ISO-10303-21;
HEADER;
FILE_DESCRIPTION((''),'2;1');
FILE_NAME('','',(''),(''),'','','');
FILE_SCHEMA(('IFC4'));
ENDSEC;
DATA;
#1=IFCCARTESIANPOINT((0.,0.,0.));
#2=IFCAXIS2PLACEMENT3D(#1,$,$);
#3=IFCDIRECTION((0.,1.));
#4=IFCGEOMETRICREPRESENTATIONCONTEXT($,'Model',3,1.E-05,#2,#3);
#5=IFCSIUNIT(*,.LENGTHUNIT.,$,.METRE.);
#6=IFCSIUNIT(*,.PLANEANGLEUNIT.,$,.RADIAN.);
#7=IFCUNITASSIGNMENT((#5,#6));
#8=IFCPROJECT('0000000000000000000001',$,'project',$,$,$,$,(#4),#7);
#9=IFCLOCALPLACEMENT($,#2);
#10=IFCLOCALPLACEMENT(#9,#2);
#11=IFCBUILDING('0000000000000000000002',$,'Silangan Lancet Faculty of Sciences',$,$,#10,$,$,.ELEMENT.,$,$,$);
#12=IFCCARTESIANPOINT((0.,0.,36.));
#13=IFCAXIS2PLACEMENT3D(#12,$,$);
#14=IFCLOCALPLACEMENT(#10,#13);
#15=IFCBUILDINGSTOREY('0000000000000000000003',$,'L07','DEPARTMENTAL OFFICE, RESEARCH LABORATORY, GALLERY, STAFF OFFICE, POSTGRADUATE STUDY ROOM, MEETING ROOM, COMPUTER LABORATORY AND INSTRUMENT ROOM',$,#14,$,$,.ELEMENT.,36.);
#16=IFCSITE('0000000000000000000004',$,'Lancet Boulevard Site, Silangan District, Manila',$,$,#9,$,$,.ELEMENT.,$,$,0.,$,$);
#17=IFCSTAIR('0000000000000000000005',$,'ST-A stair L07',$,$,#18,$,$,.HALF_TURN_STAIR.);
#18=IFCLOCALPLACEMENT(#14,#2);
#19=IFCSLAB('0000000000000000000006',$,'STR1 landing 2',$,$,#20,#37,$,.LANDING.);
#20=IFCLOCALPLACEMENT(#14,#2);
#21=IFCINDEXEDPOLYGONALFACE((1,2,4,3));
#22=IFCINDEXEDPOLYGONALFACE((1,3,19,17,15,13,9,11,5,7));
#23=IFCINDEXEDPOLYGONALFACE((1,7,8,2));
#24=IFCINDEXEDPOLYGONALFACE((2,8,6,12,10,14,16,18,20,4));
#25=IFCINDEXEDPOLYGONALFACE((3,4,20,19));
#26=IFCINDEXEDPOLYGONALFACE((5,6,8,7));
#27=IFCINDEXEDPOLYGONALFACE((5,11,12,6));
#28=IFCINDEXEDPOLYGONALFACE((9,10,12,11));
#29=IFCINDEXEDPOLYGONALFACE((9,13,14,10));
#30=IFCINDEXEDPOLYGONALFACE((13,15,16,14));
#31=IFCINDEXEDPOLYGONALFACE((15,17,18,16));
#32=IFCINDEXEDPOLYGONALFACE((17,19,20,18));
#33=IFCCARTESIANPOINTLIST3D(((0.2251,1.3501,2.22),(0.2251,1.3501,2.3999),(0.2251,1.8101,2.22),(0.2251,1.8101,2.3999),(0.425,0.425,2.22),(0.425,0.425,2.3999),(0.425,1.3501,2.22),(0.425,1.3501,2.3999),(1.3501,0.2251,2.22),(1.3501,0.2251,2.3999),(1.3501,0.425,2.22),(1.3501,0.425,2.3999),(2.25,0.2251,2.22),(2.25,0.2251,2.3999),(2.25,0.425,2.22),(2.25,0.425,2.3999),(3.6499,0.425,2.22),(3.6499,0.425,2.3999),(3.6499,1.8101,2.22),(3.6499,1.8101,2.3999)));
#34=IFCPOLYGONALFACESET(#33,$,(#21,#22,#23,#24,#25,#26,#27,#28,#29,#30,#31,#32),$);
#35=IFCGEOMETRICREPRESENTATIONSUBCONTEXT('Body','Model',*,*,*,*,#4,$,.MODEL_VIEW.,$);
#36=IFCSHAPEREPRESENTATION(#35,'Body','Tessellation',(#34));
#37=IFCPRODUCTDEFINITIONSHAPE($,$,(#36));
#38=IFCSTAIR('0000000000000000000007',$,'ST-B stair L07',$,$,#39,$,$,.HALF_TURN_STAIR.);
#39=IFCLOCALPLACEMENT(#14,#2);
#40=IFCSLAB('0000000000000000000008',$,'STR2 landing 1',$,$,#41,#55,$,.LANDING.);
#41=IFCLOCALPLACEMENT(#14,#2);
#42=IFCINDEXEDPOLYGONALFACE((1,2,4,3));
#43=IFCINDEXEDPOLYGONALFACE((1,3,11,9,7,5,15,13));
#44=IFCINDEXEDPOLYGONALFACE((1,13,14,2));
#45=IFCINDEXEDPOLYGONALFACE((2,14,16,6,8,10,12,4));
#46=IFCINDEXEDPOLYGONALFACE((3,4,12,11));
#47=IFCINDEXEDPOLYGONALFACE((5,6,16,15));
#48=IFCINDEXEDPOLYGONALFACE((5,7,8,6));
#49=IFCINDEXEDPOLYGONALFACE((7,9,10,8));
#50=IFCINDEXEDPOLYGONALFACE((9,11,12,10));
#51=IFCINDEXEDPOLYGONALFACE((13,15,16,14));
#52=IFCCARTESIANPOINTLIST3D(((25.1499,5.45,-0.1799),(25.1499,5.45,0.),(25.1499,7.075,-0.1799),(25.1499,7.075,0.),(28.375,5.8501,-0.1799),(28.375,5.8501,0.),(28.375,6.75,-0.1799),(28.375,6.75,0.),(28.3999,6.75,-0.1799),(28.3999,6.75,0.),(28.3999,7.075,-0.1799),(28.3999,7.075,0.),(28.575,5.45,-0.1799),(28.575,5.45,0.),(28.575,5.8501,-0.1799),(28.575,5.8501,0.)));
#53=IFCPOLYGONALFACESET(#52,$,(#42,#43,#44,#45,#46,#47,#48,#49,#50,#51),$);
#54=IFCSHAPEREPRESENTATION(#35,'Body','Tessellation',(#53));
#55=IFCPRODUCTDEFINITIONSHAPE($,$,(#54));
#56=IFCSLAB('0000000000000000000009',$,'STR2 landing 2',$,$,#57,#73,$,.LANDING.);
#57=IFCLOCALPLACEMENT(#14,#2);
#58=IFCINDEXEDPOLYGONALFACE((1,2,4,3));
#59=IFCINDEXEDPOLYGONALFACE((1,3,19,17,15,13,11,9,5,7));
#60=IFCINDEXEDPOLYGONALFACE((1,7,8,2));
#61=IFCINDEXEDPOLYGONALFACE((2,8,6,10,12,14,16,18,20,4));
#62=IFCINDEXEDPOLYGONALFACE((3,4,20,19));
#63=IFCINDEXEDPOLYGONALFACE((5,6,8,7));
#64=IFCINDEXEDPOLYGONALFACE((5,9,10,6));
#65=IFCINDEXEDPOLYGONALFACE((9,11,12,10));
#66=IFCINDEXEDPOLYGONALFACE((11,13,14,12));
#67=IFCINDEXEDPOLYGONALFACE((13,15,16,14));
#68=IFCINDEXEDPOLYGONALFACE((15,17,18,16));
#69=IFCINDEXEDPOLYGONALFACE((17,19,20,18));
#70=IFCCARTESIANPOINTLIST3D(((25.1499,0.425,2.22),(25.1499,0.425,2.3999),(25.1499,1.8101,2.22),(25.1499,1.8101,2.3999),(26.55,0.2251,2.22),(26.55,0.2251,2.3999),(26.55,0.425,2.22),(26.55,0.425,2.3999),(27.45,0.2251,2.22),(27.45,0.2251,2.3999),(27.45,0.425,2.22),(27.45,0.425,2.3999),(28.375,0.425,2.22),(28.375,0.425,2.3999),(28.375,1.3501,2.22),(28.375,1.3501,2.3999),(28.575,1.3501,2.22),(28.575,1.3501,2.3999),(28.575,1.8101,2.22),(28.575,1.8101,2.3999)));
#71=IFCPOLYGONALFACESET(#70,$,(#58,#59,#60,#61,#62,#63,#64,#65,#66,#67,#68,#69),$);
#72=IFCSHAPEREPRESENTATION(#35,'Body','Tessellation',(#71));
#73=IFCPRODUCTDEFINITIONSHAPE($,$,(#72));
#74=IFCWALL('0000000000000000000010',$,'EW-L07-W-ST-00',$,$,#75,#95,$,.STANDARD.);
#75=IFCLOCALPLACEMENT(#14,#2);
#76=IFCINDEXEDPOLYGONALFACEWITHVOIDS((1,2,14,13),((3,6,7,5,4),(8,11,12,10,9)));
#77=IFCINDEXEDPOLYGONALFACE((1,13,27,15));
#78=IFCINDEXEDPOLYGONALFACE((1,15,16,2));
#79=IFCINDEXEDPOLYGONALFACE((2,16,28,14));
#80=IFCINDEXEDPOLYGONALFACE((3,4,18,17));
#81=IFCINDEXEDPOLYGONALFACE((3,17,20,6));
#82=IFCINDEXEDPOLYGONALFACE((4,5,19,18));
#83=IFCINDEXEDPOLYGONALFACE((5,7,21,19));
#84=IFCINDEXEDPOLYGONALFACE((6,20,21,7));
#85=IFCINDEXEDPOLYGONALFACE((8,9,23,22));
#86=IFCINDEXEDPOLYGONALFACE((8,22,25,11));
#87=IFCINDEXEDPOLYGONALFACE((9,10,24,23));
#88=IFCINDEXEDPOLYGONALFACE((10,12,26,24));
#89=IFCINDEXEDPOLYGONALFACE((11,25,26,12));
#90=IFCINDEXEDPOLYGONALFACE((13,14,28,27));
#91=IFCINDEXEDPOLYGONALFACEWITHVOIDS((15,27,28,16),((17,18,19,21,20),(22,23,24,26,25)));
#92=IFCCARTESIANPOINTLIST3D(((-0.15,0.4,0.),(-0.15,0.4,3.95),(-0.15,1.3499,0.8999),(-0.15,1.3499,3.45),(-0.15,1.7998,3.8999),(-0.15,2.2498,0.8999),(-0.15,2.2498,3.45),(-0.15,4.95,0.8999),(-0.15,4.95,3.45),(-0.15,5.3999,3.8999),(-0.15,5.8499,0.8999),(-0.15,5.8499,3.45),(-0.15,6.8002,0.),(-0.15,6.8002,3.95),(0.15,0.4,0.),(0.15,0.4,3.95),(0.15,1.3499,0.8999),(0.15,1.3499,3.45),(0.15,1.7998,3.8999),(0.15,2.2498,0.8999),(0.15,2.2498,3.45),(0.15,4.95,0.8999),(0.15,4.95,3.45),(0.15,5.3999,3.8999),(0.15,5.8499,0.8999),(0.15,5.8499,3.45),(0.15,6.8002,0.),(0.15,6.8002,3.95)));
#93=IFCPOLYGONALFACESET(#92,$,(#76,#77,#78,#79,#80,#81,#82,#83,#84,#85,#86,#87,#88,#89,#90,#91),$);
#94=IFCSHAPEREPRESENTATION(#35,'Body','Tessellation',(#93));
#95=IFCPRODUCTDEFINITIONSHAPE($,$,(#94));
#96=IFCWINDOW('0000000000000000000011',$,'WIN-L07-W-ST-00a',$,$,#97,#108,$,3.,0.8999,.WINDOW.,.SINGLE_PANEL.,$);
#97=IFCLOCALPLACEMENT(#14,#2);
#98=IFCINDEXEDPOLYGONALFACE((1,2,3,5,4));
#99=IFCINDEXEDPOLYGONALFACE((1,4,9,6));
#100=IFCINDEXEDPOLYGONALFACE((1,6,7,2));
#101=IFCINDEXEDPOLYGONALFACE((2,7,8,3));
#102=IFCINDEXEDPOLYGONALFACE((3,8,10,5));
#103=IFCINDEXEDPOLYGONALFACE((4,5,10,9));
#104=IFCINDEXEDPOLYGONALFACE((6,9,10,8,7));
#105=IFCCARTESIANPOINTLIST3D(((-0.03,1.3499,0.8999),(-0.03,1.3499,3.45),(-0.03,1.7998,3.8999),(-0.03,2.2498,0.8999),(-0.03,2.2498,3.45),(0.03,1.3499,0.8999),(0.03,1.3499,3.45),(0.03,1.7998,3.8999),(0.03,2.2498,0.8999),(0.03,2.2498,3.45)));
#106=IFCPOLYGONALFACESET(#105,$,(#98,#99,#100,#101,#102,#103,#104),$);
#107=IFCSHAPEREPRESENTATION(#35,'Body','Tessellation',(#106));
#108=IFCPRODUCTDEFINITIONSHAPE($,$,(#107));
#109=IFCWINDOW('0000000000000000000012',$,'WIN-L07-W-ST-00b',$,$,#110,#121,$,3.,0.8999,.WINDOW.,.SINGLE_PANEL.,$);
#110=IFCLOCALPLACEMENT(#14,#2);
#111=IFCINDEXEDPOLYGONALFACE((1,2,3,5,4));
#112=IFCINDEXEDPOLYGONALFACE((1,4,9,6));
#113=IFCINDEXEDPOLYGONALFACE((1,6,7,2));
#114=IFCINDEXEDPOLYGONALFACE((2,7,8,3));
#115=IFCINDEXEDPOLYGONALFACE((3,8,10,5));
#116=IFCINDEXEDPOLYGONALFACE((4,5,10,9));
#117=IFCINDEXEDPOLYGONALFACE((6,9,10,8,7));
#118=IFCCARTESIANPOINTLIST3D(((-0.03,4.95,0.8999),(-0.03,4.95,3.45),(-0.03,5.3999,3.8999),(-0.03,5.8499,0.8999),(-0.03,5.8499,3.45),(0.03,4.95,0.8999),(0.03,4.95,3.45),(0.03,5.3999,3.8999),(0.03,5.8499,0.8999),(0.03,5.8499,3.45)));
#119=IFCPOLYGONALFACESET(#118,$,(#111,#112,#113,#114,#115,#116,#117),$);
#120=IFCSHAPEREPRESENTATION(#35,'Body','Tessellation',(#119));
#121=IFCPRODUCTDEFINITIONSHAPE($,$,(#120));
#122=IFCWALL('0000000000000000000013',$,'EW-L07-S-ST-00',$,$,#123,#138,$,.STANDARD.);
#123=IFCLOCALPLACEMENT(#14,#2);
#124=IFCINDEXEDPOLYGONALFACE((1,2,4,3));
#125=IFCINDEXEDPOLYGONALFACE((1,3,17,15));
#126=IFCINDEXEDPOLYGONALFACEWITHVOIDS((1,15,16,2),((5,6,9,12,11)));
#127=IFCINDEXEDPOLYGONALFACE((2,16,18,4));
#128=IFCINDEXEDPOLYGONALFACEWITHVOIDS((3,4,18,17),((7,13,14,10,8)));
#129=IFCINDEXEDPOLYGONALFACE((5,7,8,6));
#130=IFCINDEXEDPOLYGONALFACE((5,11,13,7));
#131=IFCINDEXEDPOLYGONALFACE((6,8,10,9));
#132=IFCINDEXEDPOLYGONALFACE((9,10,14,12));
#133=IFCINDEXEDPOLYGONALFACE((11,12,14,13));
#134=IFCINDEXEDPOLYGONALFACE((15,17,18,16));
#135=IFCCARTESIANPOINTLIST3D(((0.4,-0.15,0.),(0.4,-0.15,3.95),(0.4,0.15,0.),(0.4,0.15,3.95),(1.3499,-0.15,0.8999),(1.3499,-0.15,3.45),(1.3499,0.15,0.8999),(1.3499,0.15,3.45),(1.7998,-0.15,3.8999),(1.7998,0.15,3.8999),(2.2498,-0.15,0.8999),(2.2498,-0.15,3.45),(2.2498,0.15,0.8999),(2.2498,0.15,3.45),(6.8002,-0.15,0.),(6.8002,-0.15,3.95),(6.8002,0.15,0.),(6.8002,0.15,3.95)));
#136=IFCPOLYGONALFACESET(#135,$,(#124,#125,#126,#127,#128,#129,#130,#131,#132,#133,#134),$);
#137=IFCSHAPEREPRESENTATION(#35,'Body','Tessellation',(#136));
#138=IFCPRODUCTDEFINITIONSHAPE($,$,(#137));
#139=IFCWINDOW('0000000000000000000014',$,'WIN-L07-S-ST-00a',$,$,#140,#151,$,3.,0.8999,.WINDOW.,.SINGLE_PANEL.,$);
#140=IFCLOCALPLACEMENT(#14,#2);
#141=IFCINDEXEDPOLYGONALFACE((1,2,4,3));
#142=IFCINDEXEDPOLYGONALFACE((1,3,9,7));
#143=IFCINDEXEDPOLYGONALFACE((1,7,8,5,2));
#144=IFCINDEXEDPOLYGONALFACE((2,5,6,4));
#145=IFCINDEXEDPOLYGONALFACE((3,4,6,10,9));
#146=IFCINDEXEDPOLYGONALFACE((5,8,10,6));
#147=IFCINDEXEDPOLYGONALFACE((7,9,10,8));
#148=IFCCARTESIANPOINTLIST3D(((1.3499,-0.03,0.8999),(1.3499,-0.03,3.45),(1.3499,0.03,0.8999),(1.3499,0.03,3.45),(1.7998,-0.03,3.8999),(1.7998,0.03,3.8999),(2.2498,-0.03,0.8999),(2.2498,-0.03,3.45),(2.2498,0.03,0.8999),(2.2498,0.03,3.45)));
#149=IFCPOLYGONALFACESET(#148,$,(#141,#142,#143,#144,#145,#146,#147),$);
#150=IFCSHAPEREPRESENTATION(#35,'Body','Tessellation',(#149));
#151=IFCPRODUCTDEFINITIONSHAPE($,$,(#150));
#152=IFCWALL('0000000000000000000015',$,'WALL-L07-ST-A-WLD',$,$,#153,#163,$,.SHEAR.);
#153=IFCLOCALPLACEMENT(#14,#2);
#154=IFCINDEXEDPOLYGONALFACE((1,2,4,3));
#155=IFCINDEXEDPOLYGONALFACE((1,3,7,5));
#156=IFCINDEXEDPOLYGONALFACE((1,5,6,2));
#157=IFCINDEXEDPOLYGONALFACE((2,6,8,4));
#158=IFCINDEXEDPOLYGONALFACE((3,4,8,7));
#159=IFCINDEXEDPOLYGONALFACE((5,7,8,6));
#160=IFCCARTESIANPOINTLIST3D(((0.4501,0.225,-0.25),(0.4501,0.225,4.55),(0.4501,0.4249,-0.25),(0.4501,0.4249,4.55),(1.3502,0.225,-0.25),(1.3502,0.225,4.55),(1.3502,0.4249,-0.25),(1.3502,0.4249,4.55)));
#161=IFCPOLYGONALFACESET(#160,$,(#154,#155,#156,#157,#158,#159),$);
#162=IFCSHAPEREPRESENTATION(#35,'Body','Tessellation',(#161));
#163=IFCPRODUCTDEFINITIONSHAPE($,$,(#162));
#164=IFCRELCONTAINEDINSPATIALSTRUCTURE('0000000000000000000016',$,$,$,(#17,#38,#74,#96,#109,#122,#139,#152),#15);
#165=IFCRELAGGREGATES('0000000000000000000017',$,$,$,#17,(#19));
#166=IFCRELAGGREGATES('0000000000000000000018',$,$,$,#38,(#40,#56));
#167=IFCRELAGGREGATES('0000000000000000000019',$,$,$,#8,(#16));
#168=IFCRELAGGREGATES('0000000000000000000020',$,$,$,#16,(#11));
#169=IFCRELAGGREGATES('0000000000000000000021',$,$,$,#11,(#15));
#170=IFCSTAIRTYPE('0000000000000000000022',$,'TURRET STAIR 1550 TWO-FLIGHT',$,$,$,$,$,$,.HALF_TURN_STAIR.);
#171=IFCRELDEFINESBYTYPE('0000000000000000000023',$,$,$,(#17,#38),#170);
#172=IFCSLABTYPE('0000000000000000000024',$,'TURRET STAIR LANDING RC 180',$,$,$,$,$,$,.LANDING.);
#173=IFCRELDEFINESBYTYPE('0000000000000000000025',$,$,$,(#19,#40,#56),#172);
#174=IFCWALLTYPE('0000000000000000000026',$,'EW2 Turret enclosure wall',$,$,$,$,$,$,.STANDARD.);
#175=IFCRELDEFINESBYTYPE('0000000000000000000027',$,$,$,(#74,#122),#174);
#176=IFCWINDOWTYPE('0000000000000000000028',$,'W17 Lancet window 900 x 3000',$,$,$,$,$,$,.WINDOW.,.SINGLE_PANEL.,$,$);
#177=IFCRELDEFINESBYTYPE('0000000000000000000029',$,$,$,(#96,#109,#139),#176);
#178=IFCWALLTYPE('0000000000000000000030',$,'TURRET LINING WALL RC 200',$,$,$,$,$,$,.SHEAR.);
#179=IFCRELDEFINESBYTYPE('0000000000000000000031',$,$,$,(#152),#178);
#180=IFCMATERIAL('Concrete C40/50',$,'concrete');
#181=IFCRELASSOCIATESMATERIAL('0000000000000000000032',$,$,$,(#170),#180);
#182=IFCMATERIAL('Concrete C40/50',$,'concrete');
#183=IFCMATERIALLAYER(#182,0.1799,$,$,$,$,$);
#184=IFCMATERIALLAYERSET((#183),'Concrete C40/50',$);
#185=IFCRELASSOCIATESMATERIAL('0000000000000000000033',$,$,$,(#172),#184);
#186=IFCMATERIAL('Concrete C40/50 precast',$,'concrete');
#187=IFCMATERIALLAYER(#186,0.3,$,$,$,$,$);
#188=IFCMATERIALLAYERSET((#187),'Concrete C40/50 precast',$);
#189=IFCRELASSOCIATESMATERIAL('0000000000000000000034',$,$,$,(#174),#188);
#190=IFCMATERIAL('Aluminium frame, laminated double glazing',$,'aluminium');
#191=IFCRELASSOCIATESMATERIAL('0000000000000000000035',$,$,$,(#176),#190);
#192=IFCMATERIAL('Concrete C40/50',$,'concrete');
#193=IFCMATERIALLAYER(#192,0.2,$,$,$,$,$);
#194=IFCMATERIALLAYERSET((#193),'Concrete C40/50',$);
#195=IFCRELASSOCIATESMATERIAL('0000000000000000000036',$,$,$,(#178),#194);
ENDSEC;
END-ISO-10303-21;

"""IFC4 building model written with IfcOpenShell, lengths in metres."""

from ifc_helpers import new_model, si_unit, direction, frame, frame_2d, origin, place, context, subcontext, project, spatial, polyline, rectangle, outline, extrude, material, layer, layer_set, type_object, element, fill, aggregate, save


model = new_model("IFC4")

# Units and contexts
model_context = context("Model", 3, precision=1e-05, world=origin(), true_north=direction((0.0, 1.0)))
body_context = subcontext(model_context, "Body", "Model", "MODEL_VIEW")
ifc_project = project(units=[si_unit("LENGTHUNIT", "METRE"), si_unit("PLANEANGLEUNIT", "RADIAN")], contexts=[model_context])

# Site, building, storey
site_placement = place(None, origin())
site = spatial("IfcSite", under=ifc_project, at=site_placement, Name="Lancet Boulevard Site, Silangan District, Manila", CompositionType="ELEMENT", RefElevation=0.0)
building_placement = place(site_placement, origin())
building = spatial("IfcBuilding", under=site, at=building_placement, Name="Silangan Lancet Faculty of Sciences", CompositionType="ELEMENT")
storey_placement = place(building_placement, frame((0.0, 0.0, 36.0)))
storey = spatial("IfcBuildingStorey", under=building, at=storey_placement, Name="L07", Description="DEPARTMENTAL OFFICE, RESEARCH LABORATORY, GALLERY, STAFF OFFICE, POSTGRADUATE STUDY ROOM, MEETING ROOM, COMPUTER LABORATORY AND INSTRUMENT ROOM", CompositionType="ELEMENT", Elevation=36.0)

# Stairs, slabs
ifc_material_1 = material(Name="Concrete C40/50", Category="concrete")
stair_type = type_object("IfcStairType", Name="TURRET STAIR 1550 TWO-FLIGHT", PredefinedType="HALF_TURN_STAIR", material=ifc_material_1)
ifc_material_2 = material(Name="Concrete C40/50", Category="concrete")
ifc_layer_1 = layer(ifc_material_2, 0.1799)
ifc_layer_set_1 = layer_set([ifc_layer_1], Name="Concrete C40/50")
slab_type_1 = type_object("IfcSlabType", Name="TURRET STAIR LANDING RC 180", PredefinedType="LANDING", material=ifc_layer_set_1)
stair_1_placement = place(storey_placement, origin())
stair_1 = element("IfcStair", 1, at=stair_1_placement, inside=storey, type_object=stair_type, Name="ST-A stair L07", PredefinedType="HALF_TURN_STAIR")
slab_1_placement = place(storey_placement, frame((0.0, 0.0, 2.22)))
slab_1 = element("IfcSlab", 2, at=slab_1_placement, type_object=slab_type_1, Name="STR1 landing 2", PredefinedType="LANDING", context=body_context, shape_type="SweptSolid", body=[
    extrude(outline(polyline([(0.2251, 1.3501), (0.2251, 1.8101), (3.6499, 1.8101), (3.6499, 0.425), (2.25, 0.425), (2.25, 0.2251), (1.3501, 0.2251), (1.3501, 0.425), (0.425, 0.425), (0.425, 1.3501), (0.2251, 1.3501)])), origin(), (0.0, 0.0, 1.0), 0.1799),
])
aggregate(stair_1, [slab_1])
stair_2_placement = place(storey_placement, origin())
stair_2 = element("IfcStair", 3, at=stair_2_placement, inside=storey, type_object=stair_type, Name="ST-B stair L07", PredefinedType="HALF_TURN_STAIR")
slab_2_placement = place(storey_placement, frame((0.0, 0.0, -0.1799)))
slab_2 = element("IfcSlab", 4, at=slab_2_placement, type_object=slab_type_1, Name="STR2 landing 1", PredefinedType="LANDING", context=body_context, shape_type="SweptSolid", body=[
    extrude(outline(polyline([(28.375, 6.75), (28.375, 5.8501), (28.575, 5.8501), (28.575, 5.45), (25.1499, 5.45), (25.1499, 7.075), (28.3999, 7.075), (28.3999, 6.75), (28.375, 6.75)])), origin(), (0.0, 0.0, 1.0), 0.1799),
])
slab_3_placement = place(storey_placement, frame((0.0, 0.0, 2.22)))
slab_3 = element("IfcSlab", 5, at=slab_3_placement, type_object=slab_type_1, Name="STR2 landing 2", PredefinedType="LANDING", context=body_context, shape_type="SweptSolid", body=[
    extrude(outline(polyline([(28.375, 0.425), (27.45, 0.425), (27.45, 0.2251), (26.55, 0.2251), (26.55, 0.425), (25.1499, 0.425), (25.1499, 1.8101), (28.575, 1.8101), (28.575, 1.3501), (28.375, 1.3501), (28.375, 0.425)])), origin(), (0.0, 0.0, 1.0), 0.1799),
])
aggregate(stair_2, [slab_2, slab_3])

# Wall, openings, windows
ifc_material_3 = material(Name="Concrete C40/50 precast", Category="concrete")
ifc_layer_2 = layer(ifc_material_3, 0.3)
ifc_layer_set_2 = layer_set([ifc_layer_2], Name="Concrete C40/50 precast")
wall_type_1 = type_object("IfcWallType", Name="EW2 Turret enclosure wall", PredefinedType="STANDARD", material=ifc_layer_set_2)
wall_1_placement = place(storey_placement, frame((0.0, 0.3999, 0.0), z_axis=(0.0, 0.0, 1.0), x_axis=(0.0, 1.0, 0.0)))
wall_1 = element("IfcWall", 6, at=wall_1_placement, inside=storey, type_object=wall_type_1, Name="EW-L07-W-ST-00", PredefinedType="STANDARD", context=body_context, shape_type="SweptSolid", body=[
    extrude(rectangle(XDim=6.4001, YDim=0.3, at=frame_2d((3.2002, 0.0))), origin(), (0.0, 0.0, 1.0), 3.95),
])
opening_1_placement = place(wall_1_placement, frame((0.95, 0.0, 0.8999)))
opening_1 = element("IfcOpeningElement", 7, at=opening_1_placement, cuts=wall_1, PredefinedType="OPENING", context=body_context, shape_type="SweptSolid", body=[
    extrude(outline(polyline([(0.0, 0.0), (0.8999, 0.0), (0.8999, 2.55), (0.45, 3.0), (0.0, 2.55), (0.0, 0.0)])), frame((0.0, 0.1599, 0.0), z_axis=(0.0, -1.0, 0.0), x_axis=(1.0, 0.0, 0.0)), (0.0, 0.0, 1.0), 0.3201),
])
opening_2_placement = place(wall_1_placement, frame((4.55, 0.0, 0.8999)))
opening_2 = element("IfcOpeningElement", 8, at=opening_2_placement, cuts=wall_1, PredefinedType="OPENING", context=body_context, shape_type="SweptSolid", body=[
    extrude(outline(polyline([(0.0, 0.0), (0.8999, 0.0), (0.8999, 2.55), (0.45, 3.0), (0.0, 2.55), (0.0, 0.0)])), frame((0.0, 0.1599, 0.0), z_axis=(0.0, -1.0, 0.0), x_axis=(1.0, 0.0, 0.0)), (0.0, 0.0, 1.0), 0.3201),
])
ifc_material_4 = material(Name="Aluminium frame, laminated double glazing", Category="aluminium")
window_type = type_object("IfcWindowType", Name="W17 Lancet window 900 x 3000", PartitioningType="SINGLE_PANEL", PredefinedType="WINDOW", material=ifc_material_4)
window_1_placement = place(opening_1_placement, origin())
window_1 = element("IfcWindow", 9, at=window_1_placement, inside=storey, type_object=window_type, Name="WIN-L07-W-ST-00a", OverallHeight=3.0, OverallWidth=0.8999, PartitioningType="SINGLE_PANEL", PredefinedType="WINDOW", context=body_context, shape_type="SweptSolid", body=[
    extrude(outline(polyline([(0.0, 0.0), (0.8999, 0.0), (0.8999, 2.55), (0.45, 3.0), (0.0, 2.55), (0.0, 0.0)])), frame((0.0, 0.03, 0.0), z_axis=(0.0, -1.0, 0.0), x_axis=(1.0, 0.0, 0.0)), (0.0, 0.0, 1.0), 0.0601),
])
fill(opening_1, window_1)
window_2_placement = place(opening_2_placement, origin())
window_2 = element("IfcWindow", 10, at=window_2_placement, inside=storey, type_object=window_type, Name="WIN-L07-W-ST-00b", OverallHeight=3.0, OverallWidth=0.8999, PartitioningType="SINGLE_PANEL", PredefinedType="WINDOW", context=body_context, shape_type="SweptSolid", body=[
    extrude(outline(polyline([(0.0, 0.0), (0.8999, 0.0), (0.8999, 2.55), (0.45, 3.0), (0.0, 2.55), (0.0, 0.0)])), frame((0.0, 0.03, 0.0), z_axis=(0.0, -1.0, 0.0), x_axis=(1.0, 0.0, 0.0)), (0.0, 0.0, 1.0), 0.0601),
])
fill(opening_2, window_2)

# Wall, opening, window
wall_2_placement = place(storey_placement, frame((0.3999, 0.0, 0.0), z_axis=(0.0, 0.0, 1.0), x_axis=(1.0, 0.0, 0.0)))
wall_2 = element("IfcWall", 11, at=wall_2_placement, inside=storey, type_object=wall_type_1, Name="EW-L07-S-ST-00", PredefinedType="STANDARD", context=body_context, shape_type="SweptSolid", body=[
    extrude(rectangle(XDim=6.4001, YDim=0.3, at=frame_2d((3.2002, 0.0))), origin(), (0.0, 0.0, 1.0), 3.95),
])
opening_3_placement = place(wall_2_placement, frame((0.95, 0.0, 0.8999)))
opening_3 = element("IfcOpeningElement", 12, at=opening_3_placement, cuts=wall_2, PredefinedType="OPENING", context=body_context, shape_type="SweptSolid", body=[
    extrude(outline(polyline([(0.0, 0.0), (0.8999, 0.0), (0.8999, 2.55), (0.45, 3.0), (0.0, 2.55), (0.0, 0.0)])), frame((0.0, 0.1599, 0.0), z_axis=(0.0, -1.0, 0.0), x_axis=(1.0, 0.0, 0.0)), (0.0, 0.0, 1.0), 0.3201),
])
window_3_placement = place(opening_3_placement, origin())
window_3 = element("IfcWindow", 13, at=window_3_placement, inside=storey, type_object=window_type, Name="WIN-L07-S-ST-00a", OverallHeight=3.0, OverallWidth=0.8999, PartitioningType="SINGLE_PANEL", PredefinedType="WINDOW", context=body_context, shape_type="SweptSolid", body=[
    extrude(outline(polyline([(0.0, 0.0), (0.8999, 0.0), (0.8999, 2.55), (0.45, 3.0), (0.0, 2.55), (0.0, 0.0)])), frame((0.0, 0.03, 0.0), z_axis=(0.0, -1.0, 0.0), x_axis=(1.0, 0.0, 0.0)), (0.0, 0.0, 1.0), 0.0601),
])
fill(opening_3, window_3)

# Wall
ifc_material_5 = material(Name="Concrete C40/50", Category="concrete")
ifc_layer_3 = layer(ifc_material_5, 0.2)
ifc_layer_set_3 = layer_set([ifc_layer_3], Name="Concrete C40/50")
wall_type_2 = type_object("IfcWallType", Name="TURRET LINING WALL RC 200", PredefinedType="SHEAR", material=ifc_layer_set_3)
wall_3_placement = place(storey_placement, frame((0.45, 0.325, -0.25), z_axis=(0.0, 0.0, 1.0), x_axis=(1.0, 0.0, 0.0)))
element("IfcWall", 14, at=wall_3_placement, inside=storey, type_object=wall_type_2, Name="WALL-L07-ST-A-WLD", PredefinedType="SHEAR", context=body_context, shape_type="SweptSolid", body=[
    extrude(rectangle(XDim=0.9001, YDim=0.2, at=frame_2d((0.4502, 0.0))), origin(), (0.0, 0.0, 1.0), 4.8),
])

save(model, "model.ifc")
